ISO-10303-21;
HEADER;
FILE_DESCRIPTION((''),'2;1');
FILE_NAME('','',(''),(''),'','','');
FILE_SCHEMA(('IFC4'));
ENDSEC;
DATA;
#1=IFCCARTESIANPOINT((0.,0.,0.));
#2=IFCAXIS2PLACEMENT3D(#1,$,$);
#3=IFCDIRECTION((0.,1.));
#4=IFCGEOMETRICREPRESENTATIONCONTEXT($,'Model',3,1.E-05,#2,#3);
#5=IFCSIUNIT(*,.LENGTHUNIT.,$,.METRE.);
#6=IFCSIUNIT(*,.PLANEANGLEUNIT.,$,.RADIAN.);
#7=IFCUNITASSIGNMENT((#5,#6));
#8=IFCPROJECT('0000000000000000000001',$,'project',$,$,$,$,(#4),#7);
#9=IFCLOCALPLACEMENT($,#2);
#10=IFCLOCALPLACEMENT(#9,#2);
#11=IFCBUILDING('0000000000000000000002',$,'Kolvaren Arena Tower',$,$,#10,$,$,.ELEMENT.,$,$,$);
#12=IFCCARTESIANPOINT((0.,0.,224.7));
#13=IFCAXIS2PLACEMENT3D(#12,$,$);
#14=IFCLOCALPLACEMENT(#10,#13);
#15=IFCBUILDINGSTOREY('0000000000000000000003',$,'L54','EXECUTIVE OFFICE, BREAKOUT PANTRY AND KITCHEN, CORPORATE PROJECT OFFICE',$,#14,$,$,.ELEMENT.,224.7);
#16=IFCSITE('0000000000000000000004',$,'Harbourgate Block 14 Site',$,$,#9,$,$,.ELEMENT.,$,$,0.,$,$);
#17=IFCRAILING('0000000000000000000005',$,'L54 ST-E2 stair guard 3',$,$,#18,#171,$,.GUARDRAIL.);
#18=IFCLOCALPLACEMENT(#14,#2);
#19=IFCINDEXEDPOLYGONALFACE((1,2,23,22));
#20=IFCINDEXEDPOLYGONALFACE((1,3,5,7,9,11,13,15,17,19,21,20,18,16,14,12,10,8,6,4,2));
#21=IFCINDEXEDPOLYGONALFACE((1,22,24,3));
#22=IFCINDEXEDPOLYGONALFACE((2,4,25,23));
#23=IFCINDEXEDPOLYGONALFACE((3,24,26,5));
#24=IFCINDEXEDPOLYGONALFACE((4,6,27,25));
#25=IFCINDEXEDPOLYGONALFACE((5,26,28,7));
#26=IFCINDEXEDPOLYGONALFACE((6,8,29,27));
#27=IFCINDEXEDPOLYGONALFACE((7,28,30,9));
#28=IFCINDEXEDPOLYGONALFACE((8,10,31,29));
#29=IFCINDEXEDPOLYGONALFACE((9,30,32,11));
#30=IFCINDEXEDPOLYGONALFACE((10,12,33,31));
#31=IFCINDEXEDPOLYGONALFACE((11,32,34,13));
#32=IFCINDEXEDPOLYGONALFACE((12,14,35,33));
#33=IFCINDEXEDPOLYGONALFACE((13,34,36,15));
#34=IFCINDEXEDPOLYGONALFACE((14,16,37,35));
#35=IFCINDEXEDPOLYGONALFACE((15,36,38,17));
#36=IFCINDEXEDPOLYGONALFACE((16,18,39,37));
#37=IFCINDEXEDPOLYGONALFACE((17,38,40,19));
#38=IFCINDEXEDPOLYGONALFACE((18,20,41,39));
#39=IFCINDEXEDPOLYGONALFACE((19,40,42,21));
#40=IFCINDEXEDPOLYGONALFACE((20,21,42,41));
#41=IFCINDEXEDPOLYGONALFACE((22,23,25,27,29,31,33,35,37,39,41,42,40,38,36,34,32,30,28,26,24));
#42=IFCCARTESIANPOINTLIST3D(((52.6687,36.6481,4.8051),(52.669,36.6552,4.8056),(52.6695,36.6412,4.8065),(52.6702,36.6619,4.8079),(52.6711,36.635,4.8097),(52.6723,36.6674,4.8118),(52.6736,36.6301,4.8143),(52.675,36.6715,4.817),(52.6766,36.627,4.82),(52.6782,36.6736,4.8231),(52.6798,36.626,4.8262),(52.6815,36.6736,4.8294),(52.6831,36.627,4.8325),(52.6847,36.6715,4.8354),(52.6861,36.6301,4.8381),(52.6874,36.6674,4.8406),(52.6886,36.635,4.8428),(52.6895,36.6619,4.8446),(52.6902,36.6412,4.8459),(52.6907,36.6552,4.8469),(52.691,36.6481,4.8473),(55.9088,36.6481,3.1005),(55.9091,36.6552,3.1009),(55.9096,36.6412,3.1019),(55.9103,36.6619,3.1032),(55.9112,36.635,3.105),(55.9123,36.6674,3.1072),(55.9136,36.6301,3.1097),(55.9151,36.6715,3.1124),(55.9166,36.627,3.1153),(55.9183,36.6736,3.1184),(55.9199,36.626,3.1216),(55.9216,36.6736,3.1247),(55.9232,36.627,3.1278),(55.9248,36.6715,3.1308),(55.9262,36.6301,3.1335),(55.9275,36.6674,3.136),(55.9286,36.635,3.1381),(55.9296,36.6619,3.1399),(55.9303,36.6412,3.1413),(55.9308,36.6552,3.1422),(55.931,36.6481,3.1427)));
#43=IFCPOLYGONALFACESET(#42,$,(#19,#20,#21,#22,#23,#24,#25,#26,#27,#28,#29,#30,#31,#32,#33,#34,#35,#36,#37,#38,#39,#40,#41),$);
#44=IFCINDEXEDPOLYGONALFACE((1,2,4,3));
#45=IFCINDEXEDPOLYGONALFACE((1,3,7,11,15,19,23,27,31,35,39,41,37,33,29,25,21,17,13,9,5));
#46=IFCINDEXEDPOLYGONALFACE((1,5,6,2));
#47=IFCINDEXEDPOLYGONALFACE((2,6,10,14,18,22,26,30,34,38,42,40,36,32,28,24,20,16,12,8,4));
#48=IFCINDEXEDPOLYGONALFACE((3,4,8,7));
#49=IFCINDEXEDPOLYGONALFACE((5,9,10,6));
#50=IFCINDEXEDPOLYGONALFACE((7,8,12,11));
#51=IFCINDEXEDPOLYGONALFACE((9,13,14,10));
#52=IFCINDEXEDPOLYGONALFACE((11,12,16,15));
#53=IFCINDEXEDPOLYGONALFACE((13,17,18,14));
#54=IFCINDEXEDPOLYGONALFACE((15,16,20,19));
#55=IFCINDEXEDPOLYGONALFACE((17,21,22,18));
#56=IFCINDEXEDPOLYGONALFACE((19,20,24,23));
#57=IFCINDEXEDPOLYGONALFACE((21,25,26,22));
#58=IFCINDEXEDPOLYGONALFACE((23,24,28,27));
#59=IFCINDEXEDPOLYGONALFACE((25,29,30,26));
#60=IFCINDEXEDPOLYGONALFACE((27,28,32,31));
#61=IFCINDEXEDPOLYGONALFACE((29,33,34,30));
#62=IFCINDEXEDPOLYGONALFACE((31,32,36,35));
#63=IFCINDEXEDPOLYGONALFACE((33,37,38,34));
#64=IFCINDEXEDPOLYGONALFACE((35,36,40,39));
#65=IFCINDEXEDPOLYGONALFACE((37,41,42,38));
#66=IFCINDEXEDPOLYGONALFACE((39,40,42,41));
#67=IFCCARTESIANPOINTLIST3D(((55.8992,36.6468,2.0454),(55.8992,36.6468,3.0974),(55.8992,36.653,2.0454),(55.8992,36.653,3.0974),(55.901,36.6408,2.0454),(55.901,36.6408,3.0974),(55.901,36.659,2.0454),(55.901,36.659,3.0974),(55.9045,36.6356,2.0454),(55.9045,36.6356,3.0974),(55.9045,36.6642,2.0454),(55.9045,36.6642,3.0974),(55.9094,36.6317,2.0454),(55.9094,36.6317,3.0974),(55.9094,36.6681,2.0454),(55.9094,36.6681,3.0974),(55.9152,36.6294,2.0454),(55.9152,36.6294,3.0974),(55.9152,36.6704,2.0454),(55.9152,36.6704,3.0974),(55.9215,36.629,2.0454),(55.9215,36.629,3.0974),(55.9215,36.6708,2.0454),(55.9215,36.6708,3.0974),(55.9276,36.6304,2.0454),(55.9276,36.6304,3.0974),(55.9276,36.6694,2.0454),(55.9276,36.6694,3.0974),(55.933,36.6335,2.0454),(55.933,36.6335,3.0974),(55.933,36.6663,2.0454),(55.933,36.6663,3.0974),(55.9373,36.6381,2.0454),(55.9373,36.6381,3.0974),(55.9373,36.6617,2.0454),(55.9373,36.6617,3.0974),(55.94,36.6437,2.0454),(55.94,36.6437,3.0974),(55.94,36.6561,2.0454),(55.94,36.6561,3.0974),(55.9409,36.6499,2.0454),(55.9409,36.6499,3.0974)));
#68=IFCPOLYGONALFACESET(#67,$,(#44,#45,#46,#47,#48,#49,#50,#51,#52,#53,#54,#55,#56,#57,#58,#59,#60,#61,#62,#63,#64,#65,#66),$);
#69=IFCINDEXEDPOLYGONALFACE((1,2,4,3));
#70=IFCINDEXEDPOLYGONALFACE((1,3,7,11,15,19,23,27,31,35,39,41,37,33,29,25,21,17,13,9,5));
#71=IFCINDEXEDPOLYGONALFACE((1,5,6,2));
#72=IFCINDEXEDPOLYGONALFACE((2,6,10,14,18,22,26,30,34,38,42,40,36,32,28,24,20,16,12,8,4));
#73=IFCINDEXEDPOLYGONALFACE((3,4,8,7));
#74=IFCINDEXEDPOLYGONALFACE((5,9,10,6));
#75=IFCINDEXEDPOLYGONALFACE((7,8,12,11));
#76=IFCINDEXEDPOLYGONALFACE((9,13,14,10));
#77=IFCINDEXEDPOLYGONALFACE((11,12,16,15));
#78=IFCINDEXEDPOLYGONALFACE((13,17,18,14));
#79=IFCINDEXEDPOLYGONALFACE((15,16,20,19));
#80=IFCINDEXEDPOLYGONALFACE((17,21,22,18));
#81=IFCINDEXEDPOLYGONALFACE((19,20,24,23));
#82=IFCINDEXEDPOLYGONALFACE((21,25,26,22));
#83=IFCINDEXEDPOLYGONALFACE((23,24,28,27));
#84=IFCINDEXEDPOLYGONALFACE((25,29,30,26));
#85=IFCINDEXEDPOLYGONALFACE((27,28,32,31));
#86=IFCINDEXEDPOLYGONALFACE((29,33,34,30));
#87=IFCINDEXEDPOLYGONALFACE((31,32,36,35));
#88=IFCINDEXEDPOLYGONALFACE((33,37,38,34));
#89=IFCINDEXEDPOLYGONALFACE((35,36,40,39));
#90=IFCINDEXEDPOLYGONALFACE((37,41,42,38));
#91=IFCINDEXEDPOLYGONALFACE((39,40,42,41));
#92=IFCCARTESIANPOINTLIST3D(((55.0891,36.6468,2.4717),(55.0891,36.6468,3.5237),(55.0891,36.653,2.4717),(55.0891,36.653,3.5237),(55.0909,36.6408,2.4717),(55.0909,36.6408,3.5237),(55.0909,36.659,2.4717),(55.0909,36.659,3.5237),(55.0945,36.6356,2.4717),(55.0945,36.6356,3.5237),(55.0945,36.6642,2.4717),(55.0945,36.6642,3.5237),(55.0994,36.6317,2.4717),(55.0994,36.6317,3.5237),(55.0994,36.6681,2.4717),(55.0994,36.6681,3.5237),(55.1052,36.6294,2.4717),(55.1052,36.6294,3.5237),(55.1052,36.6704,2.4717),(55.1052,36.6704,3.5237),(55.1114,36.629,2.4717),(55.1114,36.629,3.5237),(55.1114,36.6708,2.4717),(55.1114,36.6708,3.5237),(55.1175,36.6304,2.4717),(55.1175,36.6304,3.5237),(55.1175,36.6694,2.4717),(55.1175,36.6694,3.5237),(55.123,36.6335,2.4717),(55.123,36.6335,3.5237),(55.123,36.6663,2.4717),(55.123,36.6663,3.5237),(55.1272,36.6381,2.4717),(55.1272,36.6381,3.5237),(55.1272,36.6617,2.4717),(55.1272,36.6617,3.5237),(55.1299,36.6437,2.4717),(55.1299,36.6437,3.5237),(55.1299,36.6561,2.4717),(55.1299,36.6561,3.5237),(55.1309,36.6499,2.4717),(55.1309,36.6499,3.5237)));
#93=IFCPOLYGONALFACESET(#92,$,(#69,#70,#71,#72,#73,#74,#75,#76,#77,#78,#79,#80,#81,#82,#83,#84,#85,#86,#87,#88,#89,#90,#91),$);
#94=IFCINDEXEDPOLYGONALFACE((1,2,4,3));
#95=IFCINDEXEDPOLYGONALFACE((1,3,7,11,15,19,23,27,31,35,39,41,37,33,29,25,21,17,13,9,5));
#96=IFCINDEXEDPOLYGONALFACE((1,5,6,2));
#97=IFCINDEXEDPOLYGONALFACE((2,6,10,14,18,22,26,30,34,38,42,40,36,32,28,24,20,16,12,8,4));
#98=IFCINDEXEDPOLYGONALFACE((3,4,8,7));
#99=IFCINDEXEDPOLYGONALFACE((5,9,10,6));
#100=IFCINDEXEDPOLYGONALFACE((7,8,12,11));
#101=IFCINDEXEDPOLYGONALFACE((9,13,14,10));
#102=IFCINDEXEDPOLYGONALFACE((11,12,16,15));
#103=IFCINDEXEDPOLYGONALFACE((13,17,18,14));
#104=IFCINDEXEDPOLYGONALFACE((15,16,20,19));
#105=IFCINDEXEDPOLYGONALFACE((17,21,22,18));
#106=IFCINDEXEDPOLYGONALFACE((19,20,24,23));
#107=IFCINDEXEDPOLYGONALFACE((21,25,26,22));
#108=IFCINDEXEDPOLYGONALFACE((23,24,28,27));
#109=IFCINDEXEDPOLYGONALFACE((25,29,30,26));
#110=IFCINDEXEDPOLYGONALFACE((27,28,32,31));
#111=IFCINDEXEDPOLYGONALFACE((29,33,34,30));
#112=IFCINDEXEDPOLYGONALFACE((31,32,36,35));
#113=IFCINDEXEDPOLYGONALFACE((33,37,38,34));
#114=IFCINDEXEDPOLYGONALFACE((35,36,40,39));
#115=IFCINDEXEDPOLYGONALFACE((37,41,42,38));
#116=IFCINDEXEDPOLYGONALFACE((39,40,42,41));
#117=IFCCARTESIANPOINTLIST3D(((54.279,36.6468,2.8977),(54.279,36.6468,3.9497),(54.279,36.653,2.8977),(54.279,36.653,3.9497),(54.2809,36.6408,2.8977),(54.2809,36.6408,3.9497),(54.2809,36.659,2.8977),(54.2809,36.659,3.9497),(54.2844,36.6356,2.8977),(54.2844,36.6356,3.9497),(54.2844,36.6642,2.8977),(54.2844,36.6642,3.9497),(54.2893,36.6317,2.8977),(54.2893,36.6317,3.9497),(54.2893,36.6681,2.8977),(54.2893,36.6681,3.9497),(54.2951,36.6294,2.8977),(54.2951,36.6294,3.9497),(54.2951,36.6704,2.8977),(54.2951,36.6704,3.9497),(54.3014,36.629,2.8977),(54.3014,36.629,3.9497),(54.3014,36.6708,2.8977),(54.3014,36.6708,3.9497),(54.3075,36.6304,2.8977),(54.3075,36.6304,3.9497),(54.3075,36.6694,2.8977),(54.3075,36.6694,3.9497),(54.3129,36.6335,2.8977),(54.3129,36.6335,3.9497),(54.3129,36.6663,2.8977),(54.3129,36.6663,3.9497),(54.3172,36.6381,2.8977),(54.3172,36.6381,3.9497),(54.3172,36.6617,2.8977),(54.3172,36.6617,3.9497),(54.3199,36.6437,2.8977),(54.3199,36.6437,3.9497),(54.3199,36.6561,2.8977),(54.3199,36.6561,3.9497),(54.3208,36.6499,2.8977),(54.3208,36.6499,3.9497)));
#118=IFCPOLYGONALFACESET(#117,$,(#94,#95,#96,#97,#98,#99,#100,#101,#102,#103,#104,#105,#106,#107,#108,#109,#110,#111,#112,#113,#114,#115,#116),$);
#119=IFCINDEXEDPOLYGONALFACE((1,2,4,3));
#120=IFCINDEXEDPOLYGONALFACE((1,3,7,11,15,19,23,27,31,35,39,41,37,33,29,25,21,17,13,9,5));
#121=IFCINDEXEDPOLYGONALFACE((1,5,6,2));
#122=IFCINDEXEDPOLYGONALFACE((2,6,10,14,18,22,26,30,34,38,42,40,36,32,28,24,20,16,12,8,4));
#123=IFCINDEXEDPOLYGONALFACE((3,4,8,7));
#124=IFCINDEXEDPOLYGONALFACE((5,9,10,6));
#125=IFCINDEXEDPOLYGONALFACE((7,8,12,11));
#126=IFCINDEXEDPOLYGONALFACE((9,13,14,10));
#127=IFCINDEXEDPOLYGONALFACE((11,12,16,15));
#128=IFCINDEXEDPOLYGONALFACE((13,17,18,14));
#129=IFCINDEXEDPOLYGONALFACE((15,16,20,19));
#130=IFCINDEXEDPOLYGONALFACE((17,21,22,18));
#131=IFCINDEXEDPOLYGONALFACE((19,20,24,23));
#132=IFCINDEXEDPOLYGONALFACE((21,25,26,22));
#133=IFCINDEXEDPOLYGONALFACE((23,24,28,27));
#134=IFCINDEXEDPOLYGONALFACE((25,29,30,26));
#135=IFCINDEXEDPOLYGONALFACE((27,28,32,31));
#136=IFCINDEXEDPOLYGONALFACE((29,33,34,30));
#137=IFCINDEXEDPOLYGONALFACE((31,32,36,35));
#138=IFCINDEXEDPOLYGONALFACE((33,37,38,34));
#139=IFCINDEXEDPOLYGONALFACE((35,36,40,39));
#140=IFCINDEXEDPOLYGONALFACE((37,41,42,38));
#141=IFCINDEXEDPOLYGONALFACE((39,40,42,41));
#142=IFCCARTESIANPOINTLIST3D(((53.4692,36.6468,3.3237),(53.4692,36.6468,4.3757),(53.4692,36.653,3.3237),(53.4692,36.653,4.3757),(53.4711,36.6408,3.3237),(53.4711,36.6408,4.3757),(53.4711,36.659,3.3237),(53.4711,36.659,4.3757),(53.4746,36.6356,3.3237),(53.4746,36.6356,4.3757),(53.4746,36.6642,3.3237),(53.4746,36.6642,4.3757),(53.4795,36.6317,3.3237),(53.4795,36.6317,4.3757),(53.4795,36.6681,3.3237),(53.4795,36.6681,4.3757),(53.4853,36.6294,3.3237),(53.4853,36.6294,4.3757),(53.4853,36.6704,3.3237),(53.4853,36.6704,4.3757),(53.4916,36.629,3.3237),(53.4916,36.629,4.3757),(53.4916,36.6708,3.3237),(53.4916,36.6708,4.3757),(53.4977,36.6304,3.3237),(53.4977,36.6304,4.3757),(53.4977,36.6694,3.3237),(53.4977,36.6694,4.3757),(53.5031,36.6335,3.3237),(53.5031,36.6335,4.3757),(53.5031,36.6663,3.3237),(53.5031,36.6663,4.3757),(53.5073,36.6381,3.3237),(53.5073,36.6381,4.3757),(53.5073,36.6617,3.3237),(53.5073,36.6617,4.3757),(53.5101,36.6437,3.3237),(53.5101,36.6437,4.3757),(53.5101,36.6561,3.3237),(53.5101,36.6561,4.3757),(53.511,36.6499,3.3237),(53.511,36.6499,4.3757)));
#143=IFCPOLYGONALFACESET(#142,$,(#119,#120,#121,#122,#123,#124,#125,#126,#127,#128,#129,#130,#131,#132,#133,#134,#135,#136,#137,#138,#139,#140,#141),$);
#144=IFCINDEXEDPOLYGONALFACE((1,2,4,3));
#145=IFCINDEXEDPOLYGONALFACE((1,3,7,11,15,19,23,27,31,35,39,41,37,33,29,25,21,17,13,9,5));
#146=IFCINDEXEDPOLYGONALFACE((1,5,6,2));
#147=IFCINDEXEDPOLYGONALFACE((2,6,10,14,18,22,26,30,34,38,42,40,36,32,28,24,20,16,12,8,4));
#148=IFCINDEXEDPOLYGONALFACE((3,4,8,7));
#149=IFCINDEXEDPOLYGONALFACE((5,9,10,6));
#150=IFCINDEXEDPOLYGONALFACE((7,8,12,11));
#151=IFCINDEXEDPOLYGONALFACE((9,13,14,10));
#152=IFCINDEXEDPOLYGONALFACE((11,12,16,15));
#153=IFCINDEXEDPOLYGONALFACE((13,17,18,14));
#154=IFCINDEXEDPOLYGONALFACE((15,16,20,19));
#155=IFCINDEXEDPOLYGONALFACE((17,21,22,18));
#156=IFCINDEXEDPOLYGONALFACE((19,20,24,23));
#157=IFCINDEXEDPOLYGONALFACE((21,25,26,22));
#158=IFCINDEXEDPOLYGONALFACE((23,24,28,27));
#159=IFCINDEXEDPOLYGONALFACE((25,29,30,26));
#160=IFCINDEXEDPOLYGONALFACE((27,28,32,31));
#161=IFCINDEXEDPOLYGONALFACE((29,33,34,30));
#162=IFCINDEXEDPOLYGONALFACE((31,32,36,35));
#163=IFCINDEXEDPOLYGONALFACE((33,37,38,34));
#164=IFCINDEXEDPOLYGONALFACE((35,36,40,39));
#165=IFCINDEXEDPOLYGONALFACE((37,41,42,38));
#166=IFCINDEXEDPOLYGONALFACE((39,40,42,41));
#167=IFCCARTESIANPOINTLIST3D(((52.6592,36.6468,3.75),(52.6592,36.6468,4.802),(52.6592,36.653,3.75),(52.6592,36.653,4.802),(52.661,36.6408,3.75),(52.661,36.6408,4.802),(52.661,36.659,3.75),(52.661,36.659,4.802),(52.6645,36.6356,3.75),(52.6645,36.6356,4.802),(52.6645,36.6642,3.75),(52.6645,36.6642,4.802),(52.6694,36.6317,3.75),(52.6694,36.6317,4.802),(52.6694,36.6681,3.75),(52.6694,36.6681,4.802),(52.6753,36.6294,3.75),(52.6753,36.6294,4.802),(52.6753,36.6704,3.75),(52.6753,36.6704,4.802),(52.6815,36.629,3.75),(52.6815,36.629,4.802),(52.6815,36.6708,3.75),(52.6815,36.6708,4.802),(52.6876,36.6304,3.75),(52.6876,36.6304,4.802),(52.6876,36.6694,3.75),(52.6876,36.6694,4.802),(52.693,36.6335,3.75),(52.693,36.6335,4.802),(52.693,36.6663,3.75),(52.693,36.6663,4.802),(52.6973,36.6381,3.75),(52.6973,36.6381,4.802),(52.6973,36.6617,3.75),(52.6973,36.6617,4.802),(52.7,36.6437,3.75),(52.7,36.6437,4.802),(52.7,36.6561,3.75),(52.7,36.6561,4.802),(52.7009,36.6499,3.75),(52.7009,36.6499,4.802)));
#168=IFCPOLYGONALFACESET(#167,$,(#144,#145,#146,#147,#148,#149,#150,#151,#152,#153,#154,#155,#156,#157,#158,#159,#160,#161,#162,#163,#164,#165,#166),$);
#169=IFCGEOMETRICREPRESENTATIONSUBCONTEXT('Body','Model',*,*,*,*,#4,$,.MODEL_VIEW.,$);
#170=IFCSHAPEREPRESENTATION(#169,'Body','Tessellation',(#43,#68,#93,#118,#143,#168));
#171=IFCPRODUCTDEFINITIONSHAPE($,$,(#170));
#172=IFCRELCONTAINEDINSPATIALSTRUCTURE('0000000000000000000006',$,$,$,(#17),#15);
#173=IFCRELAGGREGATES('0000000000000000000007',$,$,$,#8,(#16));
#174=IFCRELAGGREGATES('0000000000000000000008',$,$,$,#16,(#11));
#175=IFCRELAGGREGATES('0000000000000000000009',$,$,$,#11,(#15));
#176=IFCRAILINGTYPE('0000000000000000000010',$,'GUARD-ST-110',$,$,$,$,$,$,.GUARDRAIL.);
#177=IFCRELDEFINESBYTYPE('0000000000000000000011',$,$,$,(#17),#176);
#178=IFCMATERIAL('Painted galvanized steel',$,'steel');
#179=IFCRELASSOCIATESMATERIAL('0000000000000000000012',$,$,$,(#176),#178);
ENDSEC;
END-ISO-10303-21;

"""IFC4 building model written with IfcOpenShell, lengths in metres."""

from ifc_helpers import new_model, si_unit, direction, frame, origin, origin_2d, place, context, subcontext, project, spatial, circle, extrude, material, type_object, element, save


model = new_model("IFC4")

# Units and contexts
model_context = context("Model", 3, precision=1e-05, world=origin(), true_north=direction((0.0, 1.0)))
body_context = subcontext(model_context, "Body", "Model", "MODEL_VIEW")
ifc_project = project(units=[si_unit("LENGTHUNIT", "METRE"), si_unit("PLANEANGLEUNIT", "RADIAN")], contexts=[model_context])

# Site, building, storey
site_placement = place(None, origin())
site = spatial("IfcSite", under=ifc_project, at=site_placement, Name="Harbourgate Block 14 Site", CompositionType="ELEMENT", RefElevation=0.0)
building_placement = place(site_placement, origin())
building = spatial("IfcBuilding", under=site, at=building_placement, Name="Kolvaren Arena Tower", CompositionType="ELEMENT")
storey_placement = place(building_placement, frame((0.0, 0.0, 224.7)))
storey = spatial("IfcBuildingStorey", under=building, at=storey_placement, Name="L54", Description="EXECUTIVE OFFICE, BREAKOUT PANTRY AND KITCHEN, CORPORATE PROJECT OFFICE", CompositionType="ELEMENT", Elevation=224.7)

# Railing
ifc_material_1 = material(Name="Painted galvanized steel", Category="steel")
railing_type_1 = type_object("IfcRailingType", Name="GUARD-ST-110", PredefinedType="GUARDRAIL", material=ifc_material_1)
railing_1_placement = place(storey_placement, frame((55.9199, 36.6499, 2.0454)))
element("IfcRailing", 1, at=railing_1_placement, inside=storey, type_object=railing_type_1, Name="L54 ST-E2 stair guard 3", PredefinedType="GUARDRAIL", context=body_context, shape_type="SweptSolid", body=[
    extrude(circle(Radius=0.0239, at=origin_2d()), frame((0.0, 0.0, 1.0762), z_axis=(-0.884993, 0.0, 0.465604), x_axis=(0.0, -1.0, 0.0)), (0.0, 0.0, 1.0), 3.6611),
    extrude(circle(Radius=0.021, at=origin_2d()), origin(), (0.0, 0.0, 1.0), 1.052),
    extrude(circle(Radius=0.021, at=origin_2d()), frame((-0.8101, 0.0, 0.4263)), (0.0, 0.0, 1.0), 1.052),
    extrude(circle(Radius=0.021, at=origin_2d()), frame((-1.6201, 0.0, 0.8523)), (0.0, 0.0, 1.0), 1.052),
    extrude(circle(Radius=0.021, at=origin_2d()), frame((-2.4299, 0.0, 1.2783)), (0.0, 0.0, 1.0), 1.052),
    extrude(circle(Radius=0.021, at=origin_2d()), frame((-3.24, 0.0, 1.7046)), (0.0, 0.0, 1.0), 1.052),
])

save(model, "model.ifc")
